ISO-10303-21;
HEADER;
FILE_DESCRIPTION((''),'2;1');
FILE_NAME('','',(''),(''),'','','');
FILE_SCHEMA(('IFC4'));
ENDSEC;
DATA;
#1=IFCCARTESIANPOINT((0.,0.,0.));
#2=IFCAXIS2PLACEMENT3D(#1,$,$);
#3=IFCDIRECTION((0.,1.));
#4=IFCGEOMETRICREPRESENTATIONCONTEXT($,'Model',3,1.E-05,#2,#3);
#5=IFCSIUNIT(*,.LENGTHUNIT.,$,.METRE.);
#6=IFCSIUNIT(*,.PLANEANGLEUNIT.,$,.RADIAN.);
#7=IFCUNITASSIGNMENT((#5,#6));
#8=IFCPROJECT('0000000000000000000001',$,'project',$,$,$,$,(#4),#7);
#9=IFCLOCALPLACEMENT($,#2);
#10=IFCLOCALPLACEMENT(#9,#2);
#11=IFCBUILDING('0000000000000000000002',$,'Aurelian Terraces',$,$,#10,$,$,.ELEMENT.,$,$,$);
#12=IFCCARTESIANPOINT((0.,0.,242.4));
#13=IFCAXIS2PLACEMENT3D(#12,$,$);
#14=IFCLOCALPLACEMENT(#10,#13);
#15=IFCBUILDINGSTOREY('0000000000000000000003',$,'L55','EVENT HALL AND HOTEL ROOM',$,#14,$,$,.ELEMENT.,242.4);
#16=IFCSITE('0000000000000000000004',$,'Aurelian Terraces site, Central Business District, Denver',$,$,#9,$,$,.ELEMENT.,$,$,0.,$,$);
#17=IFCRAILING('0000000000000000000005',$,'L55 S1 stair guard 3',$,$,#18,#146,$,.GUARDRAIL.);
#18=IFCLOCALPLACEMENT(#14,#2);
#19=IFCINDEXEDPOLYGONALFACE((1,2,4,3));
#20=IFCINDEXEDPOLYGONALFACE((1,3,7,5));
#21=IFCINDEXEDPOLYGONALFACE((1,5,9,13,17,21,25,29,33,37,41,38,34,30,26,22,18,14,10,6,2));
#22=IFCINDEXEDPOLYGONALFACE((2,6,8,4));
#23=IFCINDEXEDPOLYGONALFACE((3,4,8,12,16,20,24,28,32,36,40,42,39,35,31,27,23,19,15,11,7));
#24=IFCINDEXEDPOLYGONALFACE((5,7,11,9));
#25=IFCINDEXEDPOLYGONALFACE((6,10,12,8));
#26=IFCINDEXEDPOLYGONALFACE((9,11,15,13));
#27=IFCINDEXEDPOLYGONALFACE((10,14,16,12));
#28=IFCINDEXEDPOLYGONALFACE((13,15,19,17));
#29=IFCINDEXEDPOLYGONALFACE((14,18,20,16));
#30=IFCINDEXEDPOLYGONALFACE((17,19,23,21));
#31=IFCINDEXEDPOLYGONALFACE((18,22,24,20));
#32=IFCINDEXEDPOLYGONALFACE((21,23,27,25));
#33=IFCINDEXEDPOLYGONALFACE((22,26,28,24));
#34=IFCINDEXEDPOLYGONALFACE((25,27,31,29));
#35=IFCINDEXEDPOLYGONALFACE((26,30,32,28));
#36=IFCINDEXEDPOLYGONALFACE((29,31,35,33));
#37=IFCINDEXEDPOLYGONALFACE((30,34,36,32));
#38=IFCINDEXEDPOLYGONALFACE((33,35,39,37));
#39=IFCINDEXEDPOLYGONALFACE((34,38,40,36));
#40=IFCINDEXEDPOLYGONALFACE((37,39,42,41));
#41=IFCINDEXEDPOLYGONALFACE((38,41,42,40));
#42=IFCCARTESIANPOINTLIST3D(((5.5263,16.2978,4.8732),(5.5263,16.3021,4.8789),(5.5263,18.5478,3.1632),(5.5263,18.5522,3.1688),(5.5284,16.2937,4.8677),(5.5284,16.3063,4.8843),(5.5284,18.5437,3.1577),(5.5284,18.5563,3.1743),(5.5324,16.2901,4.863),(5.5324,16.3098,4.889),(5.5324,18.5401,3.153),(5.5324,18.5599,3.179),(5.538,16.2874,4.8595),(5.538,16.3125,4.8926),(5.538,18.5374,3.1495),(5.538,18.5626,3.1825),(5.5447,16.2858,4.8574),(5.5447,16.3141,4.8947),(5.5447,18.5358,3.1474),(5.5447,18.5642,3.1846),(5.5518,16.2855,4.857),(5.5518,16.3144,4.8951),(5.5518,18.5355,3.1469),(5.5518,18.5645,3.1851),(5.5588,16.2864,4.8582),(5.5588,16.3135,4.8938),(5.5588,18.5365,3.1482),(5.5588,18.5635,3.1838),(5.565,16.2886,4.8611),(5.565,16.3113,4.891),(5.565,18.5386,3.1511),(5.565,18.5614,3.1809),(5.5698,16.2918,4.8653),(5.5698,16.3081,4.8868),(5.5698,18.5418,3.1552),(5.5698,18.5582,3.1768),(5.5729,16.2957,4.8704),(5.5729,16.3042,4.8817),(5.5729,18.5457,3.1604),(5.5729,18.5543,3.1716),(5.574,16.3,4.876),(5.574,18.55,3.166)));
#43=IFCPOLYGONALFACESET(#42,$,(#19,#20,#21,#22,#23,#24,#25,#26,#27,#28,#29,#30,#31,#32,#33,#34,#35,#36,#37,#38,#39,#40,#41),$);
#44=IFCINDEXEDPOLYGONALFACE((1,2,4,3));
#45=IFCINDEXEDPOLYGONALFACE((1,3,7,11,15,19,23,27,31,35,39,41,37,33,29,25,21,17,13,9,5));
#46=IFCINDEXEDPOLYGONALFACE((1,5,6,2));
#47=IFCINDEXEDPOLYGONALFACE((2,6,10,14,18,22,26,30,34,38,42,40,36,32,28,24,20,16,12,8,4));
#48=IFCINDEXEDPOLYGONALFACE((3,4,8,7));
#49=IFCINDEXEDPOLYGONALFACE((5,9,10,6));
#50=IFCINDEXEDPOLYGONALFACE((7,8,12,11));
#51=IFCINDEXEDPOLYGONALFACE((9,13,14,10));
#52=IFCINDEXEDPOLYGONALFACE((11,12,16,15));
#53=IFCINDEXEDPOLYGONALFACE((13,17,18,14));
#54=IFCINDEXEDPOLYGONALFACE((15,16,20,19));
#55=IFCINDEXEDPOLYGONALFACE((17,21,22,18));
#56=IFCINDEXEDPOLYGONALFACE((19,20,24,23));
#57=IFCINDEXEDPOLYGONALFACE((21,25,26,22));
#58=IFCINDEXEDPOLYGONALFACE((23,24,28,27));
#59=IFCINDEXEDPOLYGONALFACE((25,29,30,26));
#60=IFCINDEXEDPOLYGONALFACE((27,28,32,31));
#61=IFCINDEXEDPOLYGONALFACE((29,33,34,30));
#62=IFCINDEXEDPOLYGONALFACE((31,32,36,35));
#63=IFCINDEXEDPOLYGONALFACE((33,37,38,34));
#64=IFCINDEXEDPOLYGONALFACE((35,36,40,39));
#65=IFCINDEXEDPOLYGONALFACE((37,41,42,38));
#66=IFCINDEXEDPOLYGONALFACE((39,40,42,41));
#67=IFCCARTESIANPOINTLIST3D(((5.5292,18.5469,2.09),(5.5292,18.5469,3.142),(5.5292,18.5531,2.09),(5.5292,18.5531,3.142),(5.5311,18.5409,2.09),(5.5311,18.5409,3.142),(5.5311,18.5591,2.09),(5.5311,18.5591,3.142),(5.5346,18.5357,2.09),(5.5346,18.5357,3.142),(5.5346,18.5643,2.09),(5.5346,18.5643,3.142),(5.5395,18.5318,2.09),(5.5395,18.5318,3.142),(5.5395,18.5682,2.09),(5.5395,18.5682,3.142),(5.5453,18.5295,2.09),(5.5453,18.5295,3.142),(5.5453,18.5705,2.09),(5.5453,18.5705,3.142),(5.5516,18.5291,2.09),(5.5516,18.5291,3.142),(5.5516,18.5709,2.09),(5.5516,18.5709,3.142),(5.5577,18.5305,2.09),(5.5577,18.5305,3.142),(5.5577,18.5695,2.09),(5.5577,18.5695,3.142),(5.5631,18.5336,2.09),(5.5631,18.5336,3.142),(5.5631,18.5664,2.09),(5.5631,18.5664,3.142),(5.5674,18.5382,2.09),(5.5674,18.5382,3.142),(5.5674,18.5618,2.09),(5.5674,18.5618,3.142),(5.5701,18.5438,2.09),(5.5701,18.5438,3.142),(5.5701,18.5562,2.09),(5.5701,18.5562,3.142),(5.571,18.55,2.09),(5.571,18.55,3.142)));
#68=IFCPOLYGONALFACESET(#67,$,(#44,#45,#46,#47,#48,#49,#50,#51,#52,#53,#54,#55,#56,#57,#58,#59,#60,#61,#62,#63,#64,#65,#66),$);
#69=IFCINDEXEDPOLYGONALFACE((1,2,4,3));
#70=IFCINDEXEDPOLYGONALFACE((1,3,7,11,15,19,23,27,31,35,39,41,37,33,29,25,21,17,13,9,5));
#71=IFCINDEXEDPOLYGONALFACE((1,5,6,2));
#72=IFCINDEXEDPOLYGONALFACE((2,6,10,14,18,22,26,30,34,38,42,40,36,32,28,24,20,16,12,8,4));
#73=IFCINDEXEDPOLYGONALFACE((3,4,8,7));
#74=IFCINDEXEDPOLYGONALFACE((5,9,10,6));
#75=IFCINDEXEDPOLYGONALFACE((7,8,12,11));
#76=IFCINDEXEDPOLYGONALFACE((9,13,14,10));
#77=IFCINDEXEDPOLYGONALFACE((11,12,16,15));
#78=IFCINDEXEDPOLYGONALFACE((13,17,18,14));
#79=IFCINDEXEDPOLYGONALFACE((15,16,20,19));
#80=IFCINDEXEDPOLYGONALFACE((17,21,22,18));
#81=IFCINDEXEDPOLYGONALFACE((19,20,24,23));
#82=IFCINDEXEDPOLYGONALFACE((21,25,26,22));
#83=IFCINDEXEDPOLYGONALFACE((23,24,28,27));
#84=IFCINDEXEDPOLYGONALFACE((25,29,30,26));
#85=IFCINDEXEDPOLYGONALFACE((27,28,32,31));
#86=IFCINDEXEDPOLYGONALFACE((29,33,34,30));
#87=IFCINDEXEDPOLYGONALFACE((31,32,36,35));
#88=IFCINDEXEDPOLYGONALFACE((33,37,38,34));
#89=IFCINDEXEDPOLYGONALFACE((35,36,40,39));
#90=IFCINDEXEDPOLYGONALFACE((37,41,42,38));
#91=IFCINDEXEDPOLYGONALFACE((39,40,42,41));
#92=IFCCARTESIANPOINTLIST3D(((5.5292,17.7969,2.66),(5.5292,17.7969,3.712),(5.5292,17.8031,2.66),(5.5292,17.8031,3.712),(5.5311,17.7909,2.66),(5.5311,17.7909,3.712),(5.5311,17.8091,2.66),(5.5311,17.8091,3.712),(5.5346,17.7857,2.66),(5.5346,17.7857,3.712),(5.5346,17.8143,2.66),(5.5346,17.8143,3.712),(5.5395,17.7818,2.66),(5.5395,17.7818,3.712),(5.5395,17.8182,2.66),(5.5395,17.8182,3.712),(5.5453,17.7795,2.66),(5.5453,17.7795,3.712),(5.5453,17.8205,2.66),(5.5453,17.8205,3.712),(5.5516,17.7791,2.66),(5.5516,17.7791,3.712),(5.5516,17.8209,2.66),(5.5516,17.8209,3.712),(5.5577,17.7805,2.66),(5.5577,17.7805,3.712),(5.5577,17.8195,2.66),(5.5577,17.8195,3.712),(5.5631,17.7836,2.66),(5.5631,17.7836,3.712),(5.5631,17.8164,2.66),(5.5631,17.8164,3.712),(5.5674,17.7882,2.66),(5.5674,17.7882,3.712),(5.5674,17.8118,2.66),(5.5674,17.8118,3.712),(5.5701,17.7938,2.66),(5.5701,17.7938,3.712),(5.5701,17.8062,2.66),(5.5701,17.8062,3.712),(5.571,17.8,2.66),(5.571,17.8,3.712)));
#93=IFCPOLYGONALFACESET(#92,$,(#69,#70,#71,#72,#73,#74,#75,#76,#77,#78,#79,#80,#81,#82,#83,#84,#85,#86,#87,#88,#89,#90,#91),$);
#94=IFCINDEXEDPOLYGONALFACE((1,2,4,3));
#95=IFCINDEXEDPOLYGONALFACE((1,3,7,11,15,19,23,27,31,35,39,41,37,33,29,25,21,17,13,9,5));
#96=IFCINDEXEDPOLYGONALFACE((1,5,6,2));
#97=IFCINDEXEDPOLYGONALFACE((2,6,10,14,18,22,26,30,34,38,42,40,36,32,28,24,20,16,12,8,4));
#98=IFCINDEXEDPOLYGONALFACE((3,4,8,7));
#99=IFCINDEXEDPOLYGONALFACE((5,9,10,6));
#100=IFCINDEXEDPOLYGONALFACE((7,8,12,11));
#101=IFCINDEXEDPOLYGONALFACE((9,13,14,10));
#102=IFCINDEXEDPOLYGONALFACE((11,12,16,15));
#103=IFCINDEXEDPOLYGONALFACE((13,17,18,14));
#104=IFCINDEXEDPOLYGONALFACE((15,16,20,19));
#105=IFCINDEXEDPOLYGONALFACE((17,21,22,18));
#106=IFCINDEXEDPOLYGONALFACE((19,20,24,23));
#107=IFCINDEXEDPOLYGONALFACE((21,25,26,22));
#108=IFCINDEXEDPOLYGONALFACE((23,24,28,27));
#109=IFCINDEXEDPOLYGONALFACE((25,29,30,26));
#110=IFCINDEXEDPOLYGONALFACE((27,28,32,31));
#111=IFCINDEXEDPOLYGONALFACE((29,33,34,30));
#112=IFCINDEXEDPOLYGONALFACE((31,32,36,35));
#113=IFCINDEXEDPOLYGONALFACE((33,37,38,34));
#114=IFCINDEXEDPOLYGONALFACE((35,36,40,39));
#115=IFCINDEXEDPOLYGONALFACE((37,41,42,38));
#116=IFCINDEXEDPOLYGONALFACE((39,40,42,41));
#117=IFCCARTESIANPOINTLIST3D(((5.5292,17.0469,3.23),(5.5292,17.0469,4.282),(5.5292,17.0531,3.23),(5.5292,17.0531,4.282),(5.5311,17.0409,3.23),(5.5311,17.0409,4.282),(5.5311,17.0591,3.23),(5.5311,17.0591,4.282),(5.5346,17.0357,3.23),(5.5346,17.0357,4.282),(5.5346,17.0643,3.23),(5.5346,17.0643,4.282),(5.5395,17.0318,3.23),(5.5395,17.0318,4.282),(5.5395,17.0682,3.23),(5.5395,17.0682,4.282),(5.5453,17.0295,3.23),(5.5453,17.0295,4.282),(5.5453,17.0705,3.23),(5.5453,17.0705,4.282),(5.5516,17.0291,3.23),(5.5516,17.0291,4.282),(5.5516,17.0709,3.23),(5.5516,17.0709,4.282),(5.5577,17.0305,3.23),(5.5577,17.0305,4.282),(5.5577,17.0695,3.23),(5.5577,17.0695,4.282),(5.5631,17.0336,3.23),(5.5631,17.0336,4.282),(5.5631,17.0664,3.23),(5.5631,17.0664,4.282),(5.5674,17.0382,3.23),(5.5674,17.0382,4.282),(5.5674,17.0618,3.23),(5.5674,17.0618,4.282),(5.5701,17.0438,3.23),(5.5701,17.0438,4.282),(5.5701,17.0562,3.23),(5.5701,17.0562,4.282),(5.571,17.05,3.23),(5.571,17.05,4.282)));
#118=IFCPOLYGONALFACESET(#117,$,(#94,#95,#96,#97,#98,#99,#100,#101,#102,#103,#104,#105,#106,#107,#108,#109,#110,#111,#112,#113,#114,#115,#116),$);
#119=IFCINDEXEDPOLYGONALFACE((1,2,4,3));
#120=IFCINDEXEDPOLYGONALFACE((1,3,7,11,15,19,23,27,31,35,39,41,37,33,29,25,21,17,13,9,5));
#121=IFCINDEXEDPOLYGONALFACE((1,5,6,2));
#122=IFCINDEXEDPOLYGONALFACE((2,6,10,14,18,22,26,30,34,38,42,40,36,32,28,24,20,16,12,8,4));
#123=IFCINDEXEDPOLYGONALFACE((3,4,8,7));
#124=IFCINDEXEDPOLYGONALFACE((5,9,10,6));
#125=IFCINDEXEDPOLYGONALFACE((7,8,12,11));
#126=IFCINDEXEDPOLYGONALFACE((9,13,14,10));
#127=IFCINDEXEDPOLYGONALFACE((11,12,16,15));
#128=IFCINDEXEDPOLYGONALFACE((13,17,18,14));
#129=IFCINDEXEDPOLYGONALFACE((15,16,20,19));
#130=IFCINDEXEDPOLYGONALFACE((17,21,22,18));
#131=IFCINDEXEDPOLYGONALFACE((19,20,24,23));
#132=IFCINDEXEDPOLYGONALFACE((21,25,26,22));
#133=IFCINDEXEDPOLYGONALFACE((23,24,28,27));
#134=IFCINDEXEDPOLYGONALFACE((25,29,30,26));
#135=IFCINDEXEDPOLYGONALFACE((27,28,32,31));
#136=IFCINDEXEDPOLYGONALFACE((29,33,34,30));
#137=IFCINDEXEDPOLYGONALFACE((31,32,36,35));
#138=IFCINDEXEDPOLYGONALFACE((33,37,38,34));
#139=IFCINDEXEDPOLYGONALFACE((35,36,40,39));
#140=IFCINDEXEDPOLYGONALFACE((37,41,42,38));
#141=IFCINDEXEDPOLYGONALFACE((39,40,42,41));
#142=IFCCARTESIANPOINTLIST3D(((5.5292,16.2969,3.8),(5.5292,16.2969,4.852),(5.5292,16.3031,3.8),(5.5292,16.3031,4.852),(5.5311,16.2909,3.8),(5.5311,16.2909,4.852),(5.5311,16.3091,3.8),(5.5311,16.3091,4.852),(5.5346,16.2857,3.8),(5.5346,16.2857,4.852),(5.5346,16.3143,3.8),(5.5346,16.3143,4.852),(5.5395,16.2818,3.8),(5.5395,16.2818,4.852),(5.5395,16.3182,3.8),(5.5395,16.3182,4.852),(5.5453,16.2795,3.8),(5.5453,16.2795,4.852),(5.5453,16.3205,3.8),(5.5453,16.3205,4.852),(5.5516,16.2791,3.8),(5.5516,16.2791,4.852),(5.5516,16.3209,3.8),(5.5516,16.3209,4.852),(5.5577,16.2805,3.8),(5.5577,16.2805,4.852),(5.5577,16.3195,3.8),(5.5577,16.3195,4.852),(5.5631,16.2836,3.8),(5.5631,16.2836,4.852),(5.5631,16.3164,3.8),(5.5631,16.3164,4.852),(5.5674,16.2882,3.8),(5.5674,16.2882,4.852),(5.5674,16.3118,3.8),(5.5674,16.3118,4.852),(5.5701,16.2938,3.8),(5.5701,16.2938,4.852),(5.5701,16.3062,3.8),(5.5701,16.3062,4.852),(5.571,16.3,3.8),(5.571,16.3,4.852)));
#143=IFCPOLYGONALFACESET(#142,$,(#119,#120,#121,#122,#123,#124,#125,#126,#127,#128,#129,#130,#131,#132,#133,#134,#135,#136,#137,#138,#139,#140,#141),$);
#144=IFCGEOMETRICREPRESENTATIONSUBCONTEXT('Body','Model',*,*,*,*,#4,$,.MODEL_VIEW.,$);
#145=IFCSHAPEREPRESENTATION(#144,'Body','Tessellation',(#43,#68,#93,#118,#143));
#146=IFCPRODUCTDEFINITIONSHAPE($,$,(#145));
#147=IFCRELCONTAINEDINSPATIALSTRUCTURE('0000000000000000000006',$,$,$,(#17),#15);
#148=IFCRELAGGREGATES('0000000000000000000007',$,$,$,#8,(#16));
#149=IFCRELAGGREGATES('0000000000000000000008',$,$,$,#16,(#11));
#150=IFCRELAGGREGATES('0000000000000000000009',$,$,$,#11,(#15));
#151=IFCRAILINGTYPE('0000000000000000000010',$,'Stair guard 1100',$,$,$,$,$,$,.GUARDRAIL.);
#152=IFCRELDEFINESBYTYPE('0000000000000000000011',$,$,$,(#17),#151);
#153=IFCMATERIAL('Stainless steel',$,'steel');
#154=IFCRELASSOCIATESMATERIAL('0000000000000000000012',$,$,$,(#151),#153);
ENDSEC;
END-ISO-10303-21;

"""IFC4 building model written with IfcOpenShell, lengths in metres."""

from ifc_helpers import new_model, si_unit, direction, frame, origin, origin_2d, place, context, subcontext, project, spatial, circle, extrude, source, transform, mapped, material, type_object, element, save


model = new_model("IFC4")

# Units and contexts
model_context = context("Model", 3, precision=1e-05, world=origin(), true_north=direction((0.0, 1.0)))
body_context = subcontext(model_context, "Body", "Model", "MODEL_VIEW")
ifc_project = project(units=[si_unit("LENGTHUNIT", "METRE"), si_unit("PLANEANGLEUNIT", "RADIAN")], contexts=[model_context])

# Site, building, storey
site_placement = place(None, origin())
site = spatial("IfcSite", under=ifc_project, at=site_placement, Name="Aurelian Terraces site, Central Business District, Denver", CompositionType="ELEMENT", RefElevation=0.0)
building_placement = place(site_placement, origin())
building = spatial("IfcBuilding", under=site, at=building_placement, Name="Aurelian Terraces", CompositionType="ELEMENT")
storey_placement = place(building_placement, frame((0.0, 0.0, 242.4)))
storey = spatial("IfcBuildingStorey", under=building, at=storey_placement, Name="L55", Description="EVENT HALL AND HOTEL ROOM", CompositionType="ELEMENT", Elevation=242.4)

# Shared definitions
ifc_material_1 = material(Name="Stainless steel", Category="steel")

# Railing
railing_type_1 = type_object("IfcRailingType", Name="Stair guard 1100", PredefinedType="GUARDRAIL", material=ifc_material_1)
shared_shape_1 = source(origin(), body_context, "Body", "SweptSolid", [
    extrude(circle(Radius=0.024, at=origin_2d()), frame((0.0, 0.0, 1.076), z_axis=(0.0, -0.796162, 0.605083), x_axis=(1.0, 0.0, 0.0)), (0.0, 0.0, 1.0), 2.8261),
    extrude(circle(Radius=0.021, at=origin_2d()), origin(), (0.0, 0.0, 1.0), 1.052),
    extrude(circle(Radius=0.021, at=origin_2d()), frame((0.0, -0.75, 0.57)), (0.0, 0.0, 1.0), 1.052),
    extrude(circle(Radius=0.021, at=origin_2d()), frame((0.0, -1.5, 1.14)), (0.0, 0.0, 1.0), 1.052),
    extrude(circle(Radius=0.021, at=origin_2d()), frame((0.0, -2.25, 1.71)), (0.0, 0.0, 1.0), 1.052),
])
railing_1_placement = place(storey_placement, frame((5.55, 18.55, 2.09)))
element("IfcRailing", 1, at=railing_1_placement, inside=storey, type_object=railing_type_1, Name="L55 S1 stair guard 3", PredefinedType="GUARDRAIL", context=body_context, shape_type="MappedRepresentation", body=[
    mapped(shared_shape_1, transform((0.0, 0.0, 0.0), scale=1.0)),
])

save(model, "model.ifc")
